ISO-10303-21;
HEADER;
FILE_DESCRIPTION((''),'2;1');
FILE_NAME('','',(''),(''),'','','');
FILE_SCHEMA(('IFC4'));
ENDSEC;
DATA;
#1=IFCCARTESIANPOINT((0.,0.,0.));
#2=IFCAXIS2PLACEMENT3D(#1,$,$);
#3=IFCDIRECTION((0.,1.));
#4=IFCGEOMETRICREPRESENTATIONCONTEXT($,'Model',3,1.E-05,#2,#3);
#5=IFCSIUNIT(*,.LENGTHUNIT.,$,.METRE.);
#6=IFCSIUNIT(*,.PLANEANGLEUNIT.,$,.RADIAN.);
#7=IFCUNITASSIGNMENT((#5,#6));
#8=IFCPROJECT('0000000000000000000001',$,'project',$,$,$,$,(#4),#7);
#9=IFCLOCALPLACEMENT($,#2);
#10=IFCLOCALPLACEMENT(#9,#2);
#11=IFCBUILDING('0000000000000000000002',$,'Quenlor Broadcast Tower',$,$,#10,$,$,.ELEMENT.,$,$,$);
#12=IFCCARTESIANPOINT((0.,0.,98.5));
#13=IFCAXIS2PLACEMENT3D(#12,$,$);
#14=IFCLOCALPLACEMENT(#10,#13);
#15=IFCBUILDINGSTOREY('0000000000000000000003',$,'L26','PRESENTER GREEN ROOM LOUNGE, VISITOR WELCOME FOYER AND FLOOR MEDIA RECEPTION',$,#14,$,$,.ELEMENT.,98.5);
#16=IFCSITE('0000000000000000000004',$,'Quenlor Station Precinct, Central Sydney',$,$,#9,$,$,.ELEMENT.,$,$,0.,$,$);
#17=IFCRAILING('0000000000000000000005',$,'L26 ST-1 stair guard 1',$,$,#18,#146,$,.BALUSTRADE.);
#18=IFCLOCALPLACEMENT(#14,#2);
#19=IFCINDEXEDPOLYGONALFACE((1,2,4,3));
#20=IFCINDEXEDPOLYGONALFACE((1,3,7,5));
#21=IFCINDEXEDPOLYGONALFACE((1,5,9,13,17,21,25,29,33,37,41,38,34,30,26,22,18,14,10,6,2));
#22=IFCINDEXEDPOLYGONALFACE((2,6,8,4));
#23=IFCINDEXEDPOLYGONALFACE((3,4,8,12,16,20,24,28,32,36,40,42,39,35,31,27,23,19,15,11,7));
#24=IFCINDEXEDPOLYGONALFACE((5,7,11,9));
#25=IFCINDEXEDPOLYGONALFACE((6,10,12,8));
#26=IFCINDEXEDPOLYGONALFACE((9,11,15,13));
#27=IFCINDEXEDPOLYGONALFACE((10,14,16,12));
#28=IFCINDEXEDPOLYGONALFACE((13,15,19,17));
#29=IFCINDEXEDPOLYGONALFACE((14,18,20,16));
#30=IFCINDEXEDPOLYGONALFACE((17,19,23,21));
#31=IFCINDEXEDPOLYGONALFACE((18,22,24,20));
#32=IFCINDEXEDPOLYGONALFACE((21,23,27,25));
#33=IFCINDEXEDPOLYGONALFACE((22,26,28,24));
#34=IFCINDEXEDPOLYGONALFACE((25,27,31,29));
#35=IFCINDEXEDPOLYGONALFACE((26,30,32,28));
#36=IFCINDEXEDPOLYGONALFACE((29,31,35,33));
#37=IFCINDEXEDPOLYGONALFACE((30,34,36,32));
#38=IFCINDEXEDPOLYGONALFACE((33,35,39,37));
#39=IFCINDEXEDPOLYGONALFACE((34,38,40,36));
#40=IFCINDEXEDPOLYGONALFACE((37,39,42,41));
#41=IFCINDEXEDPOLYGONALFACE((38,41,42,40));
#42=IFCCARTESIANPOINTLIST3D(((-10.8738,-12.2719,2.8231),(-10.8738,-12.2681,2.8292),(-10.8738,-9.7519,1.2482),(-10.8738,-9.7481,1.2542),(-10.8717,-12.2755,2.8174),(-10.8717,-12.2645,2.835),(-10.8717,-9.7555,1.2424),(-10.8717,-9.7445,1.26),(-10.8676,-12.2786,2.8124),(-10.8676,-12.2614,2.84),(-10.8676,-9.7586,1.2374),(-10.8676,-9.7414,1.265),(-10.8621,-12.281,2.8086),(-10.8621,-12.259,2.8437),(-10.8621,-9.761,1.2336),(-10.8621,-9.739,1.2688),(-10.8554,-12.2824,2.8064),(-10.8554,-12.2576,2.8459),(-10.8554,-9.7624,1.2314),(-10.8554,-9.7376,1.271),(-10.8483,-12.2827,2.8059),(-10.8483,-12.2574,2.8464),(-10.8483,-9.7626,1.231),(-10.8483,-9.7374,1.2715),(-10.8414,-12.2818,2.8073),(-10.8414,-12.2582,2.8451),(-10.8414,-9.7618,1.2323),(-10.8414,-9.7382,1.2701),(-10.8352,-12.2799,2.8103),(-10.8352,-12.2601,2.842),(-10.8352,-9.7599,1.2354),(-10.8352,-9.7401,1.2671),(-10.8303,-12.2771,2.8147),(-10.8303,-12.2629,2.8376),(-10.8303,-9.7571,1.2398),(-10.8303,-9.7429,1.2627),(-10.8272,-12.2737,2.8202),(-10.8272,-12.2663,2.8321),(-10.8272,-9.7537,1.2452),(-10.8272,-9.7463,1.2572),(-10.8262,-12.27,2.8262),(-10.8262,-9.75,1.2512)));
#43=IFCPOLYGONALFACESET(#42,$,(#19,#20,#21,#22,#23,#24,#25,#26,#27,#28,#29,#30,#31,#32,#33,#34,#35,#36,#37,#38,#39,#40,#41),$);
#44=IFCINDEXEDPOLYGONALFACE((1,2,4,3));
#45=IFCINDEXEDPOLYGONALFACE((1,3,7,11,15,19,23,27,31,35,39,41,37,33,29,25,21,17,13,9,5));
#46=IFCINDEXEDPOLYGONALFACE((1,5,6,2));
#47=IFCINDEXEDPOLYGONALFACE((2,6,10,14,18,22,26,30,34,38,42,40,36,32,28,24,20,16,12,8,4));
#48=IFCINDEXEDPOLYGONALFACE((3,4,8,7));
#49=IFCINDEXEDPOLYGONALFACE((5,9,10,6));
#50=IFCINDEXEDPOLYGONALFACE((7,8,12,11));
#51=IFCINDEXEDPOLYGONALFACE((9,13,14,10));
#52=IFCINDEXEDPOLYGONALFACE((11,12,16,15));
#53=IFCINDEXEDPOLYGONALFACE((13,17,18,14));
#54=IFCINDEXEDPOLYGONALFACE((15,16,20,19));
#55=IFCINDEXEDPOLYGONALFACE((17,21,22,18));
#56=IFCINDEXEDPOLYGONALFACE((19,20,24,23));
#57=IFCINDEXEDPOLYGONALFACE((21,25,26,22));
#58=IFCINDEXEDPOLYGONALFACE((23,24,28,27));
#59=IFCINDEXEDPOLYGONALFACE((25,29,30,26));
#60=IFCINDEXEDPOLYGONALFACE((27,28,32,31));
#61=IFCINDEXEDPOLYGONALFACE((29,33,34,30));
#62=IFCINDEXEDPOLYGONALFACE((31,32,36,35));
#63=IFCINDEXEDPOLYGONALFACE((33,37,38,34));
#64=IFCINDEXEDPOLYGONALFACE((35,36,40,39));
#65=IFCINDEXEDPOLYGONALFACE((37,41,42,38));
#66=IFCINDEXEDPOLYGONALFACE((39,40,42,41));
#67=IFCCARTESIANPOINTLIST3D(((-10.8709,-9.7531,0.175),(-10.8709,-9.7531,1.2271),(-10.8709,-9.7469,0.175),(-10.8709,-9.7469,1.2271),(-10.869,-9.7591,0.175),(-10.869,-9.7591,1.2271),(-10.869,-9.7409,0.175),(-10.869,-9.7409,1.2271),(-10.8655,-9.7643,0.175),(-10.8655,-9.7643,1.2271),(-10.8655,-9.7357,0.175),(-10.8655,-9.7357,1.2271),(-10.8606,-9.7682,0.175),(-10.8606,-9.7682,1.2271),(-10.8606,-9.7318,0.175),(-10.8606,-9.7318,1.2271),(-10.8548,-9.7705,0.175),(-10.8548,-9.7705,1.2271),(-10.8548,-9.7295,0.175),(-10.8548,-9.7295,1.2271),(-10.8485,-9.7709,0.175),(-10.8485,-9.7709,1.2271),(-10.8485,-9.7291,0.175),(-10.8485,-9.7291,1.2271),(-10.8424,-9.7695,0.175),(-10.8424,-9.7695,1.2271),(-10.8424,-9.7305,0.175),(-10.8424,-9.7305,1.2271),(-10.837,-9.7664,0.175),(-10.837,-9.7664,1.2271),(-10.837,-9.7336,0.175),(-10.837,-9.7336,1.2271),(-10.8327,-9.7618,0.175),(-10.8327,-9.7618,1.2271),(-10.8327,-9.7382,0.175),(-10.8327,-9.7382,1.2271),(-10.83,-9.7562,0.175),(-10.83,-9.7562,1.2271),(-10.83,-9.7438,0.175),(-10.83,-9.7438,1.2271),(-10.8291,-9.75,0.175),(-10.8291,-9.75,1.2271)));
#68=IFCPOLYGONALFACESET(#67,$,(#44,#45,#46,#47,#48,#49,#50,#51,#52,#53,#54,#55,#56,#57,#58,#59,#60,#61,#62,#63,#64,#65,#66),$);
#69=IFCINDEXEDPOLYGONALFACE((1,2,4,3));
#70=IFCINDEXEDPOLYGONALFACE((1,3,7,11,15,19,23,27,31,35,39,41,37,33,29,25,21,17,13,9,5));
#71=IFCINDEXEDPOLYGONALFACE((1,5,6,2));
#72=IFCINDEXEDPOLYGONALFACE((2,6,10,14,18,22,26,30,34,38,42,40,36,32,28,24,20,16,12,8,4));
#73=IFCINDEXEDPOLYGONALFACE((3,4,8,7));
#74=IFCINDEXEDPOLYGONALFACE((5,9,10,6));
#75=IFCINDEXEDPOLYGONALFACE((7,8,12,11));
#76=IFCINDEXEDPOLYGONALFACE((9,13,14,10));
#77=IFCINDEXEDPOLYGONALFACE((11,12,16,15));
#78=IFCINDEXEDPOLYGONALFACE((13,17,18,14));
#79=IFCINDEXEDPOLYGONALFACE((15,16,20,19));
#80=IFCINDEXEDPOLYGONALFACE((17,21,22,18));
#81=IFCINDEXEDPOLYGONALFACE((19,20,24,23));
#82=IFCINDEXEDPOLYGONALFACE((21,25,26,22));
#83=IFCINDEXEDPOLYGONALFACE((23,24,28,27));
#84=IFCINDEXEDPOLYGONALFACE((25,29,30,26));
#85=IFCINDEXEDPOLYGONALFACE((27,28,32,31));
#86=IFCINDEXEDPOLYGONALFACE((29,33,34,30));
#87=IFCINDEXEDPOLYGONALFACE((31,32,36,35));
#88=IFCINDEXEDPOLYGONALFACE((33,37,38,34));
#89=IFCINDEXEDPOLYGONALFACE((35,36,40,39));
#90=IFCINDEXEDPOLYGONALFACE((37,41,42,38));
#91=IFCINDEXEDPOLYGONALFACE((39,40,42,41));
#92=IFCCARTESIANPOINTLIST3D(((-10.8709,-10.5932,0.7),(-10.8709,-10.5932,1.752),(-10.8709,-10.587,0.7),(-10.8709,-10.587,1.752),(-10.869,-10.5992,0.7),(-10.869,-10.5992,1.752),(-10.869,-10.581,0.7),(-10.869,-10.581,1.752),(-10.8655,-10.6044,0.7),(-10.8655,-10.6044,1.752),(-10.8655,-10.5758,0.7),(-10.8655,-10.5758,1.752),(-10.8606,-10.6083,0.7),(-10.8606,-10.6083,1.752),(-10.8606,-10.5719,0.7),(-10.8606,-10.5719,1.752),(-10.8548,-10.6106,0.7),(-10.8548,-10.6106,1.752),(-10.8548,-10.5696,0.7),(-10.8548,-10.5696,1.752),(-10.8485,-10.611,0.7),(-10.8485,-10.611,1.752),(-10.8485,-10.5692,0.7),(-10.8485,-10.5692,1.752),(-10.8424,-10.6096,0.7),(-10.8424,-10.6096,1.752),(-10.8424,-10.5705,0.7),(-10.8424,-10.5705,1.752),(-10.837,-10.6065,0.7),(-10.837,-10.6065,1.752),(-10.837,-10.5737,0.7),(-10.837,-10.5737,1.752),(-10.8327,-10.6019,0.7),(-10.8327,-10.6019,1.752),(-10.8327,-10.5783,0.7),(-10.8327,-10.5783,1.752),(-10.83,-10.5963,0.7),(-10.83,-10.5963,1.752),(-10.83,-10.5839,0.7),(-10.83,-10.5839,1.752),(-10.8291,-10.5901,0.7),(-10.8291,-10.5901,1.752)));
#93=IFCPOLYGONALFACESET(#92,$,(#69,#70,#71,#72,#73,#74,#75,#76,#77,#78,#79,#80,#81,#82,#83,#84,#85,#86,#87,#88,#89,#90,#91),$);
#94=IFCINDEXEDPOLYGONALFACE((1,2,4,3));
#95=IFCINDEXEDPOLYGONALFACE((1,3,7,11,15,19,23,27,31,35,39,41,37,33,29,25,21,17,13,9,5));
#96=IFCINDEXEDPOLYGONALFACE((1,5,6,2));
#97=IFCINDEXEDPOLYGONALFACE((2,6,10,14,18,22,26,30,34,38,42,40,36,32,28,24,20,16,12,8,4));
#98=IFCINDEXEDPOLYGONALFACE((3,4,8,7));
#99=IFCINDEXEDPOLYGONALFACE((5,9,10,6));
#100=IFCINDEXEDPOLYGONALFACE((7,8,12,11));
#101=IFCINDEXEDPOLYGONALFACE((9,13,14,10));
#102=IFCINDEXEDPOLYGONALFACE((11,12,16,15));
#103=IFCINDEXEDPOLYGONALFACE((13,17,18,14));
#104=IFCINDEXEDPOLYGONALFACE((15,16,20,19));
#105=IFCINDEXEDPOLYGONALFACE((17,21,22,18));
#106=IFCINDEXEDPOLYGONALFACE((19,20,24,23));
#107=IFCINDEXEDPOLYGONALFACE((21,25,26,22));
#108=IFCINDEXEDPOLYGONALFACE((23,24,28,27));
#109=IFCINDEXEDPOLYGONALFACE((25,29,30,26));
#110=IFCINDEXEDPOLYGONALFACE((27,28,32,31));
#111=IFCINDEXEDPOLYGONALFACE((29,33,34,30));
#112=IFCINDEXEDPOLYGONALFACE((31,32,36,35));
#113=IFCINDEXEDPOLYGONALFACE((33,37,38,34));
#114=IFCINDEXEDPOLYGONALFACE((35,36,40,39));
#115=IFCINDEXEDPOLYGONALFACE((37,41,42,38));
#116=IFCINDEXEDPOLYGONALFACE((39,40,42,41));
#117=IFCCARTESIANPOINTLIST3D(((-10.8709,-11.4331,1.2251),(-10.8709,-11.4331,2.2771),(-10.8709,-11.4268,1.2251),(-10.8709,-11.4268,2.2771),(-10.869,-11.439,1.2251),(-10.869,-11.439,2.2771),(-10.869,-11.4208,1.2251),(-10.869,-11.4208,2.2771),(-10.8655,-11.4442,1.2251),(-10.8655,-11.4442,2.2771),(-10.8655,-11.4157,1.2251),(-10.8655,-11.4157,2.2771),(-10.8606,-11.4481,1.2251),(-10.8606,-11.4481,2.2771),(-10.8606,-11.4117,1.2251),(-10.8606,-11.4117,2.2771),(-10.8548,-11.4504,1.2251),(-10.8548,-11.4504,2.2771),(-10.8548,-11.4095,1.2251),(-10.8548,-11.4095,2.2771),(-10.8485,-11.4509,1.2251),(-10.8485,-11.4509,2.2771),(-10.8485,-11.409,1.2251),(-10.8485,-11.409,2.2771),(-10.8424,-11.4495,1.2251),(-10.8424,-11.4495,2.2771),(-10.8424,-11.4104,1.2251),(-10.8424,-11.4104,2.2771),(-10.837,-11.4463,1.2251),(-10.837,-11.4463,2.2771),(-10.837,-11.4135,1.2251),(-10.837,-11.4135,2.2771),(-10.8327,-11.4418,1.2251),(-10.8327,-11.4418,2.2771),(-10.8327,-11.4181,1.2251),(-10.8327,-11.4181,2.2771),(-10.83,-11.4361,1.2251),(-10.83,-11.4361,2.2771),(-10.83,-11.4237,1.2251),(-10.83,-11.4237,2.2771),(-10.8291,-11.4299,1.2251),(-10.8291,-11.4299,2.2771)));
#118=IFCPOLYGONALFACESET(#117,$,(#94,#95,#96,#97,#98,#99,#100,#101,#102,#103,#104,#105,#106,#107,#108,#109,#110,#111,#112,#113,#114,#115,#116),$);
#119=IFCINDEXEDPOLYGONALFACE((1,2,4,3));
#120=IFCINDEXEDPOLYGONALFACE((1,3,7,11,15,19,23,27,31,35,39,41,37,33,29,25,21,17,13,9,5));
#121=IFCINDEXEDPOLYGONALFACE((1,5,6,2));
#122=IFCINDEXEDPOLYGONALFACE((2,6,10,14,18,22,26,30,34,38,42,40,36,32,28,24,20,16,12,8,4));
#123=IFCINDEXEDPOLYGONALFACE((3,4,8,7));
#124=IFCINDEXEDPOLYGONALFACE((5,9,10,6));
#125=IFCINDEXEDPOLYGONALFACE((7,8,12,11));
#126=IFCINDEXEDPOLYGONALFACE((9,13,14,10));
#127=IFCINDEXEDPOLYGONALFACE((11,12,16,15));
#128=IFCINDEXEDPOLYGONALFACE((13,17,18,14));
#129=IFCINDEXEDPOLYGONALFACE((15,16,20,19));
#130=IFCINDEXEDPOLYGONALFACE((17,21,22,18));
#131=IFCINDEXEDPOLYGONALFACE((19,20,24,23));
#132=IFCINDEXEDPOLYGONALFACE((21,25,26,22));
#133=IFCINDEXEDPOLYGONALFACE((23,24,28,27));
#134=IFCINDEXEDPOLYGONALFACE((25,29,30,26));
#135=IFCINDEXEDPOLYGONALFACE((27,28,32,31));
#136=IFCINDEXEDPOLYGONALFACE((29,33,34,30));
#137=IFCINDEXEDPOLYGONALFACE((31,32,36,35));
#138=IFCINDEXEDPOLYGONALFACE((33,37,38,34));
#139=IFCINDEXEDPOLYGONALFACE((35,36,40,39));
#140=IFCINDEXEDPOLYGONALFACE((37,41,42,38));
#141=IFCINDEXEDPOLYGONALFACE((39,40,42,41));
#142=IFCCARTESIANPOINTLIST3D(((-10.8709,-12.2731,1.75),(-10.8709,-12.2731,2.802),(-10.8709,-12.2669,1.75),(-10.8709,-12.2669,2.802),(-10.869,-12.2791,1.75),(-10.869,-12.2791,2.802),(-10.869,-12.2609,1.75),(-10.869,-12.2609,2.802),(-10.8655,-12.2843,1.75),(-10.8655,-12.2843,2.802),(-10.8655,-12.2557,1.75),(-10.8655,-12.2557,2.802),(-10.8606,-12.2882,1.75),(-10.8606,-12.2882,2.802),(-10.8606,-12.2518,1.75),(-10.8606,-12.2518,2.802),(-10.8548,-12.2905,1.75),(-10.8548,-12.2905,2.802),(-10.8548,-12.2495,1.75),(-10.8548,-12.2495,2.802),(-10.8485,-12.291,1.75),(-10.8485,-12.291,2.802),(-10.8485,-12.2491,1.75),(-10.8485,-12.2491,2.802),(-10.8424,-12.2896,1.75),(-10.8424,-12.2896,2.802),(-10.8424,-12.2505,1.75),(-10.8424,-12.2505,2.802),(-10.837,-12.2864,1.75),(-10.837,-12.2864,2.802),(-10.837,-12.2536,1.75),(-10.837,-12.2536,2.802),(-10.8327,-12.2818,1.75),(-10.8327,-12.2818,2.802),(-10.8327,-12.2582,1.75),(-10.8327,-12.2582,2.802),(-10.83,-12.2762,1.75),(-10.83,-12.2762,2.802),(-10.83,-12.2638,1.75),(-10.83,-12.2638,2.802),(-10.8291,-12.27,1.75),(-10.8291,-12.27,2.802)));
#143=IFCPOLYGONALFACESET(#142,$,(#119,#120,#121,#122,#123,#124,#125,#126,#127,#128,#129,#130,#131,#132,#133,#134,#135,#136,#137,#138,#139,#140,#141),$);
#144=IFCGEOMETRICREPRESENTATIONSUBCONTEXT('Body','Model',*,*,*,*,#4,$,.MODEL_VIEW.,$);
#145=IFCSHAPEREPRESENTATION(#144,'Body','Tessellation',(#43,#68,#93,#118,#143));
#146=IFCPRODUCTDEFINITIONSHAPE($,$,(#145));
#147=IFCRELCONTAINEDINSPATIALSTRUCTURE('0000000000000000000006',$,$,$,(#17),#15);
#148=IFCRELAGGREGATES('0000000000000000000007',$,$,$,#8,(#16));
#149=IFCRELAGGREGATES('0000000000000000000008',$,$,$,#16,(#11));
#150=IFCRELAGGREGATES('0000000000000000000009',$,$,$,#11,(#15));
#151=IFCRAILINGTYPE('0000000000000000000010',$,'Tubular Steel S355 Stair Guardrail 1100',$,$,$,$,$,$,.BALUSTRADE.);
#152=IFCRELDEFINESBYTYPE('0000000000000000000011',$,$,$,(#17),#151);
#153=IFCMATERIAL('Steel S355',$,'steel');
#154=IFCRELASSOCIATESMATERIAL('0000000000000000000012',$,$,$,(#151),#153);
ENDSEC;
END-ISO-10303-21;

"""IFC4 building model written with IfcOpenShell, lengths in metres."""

from ifc_helpers import new_model, si_unit, direction, frame, origin, origin_2d, place, context, subcontext, project, spatial, circle, extrude, material, type_object, element, save


model = new_model("IFC4")

# Units and contexts
model_context = context("Model", 3, precision=1e-05, world=origin(), true_north=direction((0.0, 1.0)))
body_context = subcontext(model_context, "Body", "Model", "MODEL_VIEW")
ifc_project = project(units=[si_unit("LENGTHUNIT", "METRE"), si_unit("PLANEANGLEUNIT", "RADIAN")], contexts=[model_context])

# Site, building, storey
site_placement = place(None, origin())
site = spatial("IfcSite", under=ifc_project, at=site_placement, Name="Quenlor Station Precinct, Central Sydney", CompositionType="ELEMENT", RefElevation=0.0)
building_placement = place(site_placement, origin())
building = spatial("IfcBuilding", under=site, at=building_placement, Name="Quenlor Broadcast Tower", CompositionType="ELEMENT")
storey_placement = place(building_placement, frame((0.0, 0.0, 98.5)))
storey = spatial("IfcBuildingStorey", under=building, at=storey_placement, Name="L26", Description="PRESENTER GREEN ROOM LOUNGE, VISITOR WELCOME FOYER AND FLOOR MEDIA RECEPTION", CompositionType="ELEMENT", Elevation=98.5)

# Railing
ifc_material_1 = material(Name="Steel S355", Category="steel")
railing_type_1 = type_object("IfcRailingType", Name="Tubular Steel S355 Stair Guardrail 1100", PredefinedType="BALUSTRADE", material=ifc_material_1)
railing_1_placement = place(storey_placement, frame((-10.8501, -9.75, 0.175)))
element("IfcRailing", 1, at=railing_1_placement, inside=storey, type_object=railing_type_1, Name="L26 ST-1 stair guard 1", PredefinedType="BALUSTRADE", context=body_context, shape_type="SweptSolid", body=[
    extrude(circle(Radius=0.0239, at=origin_2d()), frame((0.0, 0.0, 1.0762), z_axis=(0.0, -0.848008, 0.529984), x_axis=(1.0, 0.0, 0.0)), (0.0, 0.0, 1.0), 2.9717),
    extrude(circle(Radius=0.021, at=origin_2d()), origin(), (0.0, 0.0, 1.0), 1.052),
    extrude(circle(Radius=0.021, at=origin_2d()), frame((0.0, -0.8401, 0.5249)), (0.0, 0.0, 1.0), 1.052),
    extrude(circle(Radius=0.021, at=origin_2d()), frame((0.0, -1.6799, 1.05)), (0.0, 0.0, 1.0), 1.052),
    extrude(circle(Radius=0.021, at=origin_2d()), frame((0.0, -2.52, 1.575)), (0.0, 0.0, 1.0), 1.052),
])

save(model, "model.ifc")
